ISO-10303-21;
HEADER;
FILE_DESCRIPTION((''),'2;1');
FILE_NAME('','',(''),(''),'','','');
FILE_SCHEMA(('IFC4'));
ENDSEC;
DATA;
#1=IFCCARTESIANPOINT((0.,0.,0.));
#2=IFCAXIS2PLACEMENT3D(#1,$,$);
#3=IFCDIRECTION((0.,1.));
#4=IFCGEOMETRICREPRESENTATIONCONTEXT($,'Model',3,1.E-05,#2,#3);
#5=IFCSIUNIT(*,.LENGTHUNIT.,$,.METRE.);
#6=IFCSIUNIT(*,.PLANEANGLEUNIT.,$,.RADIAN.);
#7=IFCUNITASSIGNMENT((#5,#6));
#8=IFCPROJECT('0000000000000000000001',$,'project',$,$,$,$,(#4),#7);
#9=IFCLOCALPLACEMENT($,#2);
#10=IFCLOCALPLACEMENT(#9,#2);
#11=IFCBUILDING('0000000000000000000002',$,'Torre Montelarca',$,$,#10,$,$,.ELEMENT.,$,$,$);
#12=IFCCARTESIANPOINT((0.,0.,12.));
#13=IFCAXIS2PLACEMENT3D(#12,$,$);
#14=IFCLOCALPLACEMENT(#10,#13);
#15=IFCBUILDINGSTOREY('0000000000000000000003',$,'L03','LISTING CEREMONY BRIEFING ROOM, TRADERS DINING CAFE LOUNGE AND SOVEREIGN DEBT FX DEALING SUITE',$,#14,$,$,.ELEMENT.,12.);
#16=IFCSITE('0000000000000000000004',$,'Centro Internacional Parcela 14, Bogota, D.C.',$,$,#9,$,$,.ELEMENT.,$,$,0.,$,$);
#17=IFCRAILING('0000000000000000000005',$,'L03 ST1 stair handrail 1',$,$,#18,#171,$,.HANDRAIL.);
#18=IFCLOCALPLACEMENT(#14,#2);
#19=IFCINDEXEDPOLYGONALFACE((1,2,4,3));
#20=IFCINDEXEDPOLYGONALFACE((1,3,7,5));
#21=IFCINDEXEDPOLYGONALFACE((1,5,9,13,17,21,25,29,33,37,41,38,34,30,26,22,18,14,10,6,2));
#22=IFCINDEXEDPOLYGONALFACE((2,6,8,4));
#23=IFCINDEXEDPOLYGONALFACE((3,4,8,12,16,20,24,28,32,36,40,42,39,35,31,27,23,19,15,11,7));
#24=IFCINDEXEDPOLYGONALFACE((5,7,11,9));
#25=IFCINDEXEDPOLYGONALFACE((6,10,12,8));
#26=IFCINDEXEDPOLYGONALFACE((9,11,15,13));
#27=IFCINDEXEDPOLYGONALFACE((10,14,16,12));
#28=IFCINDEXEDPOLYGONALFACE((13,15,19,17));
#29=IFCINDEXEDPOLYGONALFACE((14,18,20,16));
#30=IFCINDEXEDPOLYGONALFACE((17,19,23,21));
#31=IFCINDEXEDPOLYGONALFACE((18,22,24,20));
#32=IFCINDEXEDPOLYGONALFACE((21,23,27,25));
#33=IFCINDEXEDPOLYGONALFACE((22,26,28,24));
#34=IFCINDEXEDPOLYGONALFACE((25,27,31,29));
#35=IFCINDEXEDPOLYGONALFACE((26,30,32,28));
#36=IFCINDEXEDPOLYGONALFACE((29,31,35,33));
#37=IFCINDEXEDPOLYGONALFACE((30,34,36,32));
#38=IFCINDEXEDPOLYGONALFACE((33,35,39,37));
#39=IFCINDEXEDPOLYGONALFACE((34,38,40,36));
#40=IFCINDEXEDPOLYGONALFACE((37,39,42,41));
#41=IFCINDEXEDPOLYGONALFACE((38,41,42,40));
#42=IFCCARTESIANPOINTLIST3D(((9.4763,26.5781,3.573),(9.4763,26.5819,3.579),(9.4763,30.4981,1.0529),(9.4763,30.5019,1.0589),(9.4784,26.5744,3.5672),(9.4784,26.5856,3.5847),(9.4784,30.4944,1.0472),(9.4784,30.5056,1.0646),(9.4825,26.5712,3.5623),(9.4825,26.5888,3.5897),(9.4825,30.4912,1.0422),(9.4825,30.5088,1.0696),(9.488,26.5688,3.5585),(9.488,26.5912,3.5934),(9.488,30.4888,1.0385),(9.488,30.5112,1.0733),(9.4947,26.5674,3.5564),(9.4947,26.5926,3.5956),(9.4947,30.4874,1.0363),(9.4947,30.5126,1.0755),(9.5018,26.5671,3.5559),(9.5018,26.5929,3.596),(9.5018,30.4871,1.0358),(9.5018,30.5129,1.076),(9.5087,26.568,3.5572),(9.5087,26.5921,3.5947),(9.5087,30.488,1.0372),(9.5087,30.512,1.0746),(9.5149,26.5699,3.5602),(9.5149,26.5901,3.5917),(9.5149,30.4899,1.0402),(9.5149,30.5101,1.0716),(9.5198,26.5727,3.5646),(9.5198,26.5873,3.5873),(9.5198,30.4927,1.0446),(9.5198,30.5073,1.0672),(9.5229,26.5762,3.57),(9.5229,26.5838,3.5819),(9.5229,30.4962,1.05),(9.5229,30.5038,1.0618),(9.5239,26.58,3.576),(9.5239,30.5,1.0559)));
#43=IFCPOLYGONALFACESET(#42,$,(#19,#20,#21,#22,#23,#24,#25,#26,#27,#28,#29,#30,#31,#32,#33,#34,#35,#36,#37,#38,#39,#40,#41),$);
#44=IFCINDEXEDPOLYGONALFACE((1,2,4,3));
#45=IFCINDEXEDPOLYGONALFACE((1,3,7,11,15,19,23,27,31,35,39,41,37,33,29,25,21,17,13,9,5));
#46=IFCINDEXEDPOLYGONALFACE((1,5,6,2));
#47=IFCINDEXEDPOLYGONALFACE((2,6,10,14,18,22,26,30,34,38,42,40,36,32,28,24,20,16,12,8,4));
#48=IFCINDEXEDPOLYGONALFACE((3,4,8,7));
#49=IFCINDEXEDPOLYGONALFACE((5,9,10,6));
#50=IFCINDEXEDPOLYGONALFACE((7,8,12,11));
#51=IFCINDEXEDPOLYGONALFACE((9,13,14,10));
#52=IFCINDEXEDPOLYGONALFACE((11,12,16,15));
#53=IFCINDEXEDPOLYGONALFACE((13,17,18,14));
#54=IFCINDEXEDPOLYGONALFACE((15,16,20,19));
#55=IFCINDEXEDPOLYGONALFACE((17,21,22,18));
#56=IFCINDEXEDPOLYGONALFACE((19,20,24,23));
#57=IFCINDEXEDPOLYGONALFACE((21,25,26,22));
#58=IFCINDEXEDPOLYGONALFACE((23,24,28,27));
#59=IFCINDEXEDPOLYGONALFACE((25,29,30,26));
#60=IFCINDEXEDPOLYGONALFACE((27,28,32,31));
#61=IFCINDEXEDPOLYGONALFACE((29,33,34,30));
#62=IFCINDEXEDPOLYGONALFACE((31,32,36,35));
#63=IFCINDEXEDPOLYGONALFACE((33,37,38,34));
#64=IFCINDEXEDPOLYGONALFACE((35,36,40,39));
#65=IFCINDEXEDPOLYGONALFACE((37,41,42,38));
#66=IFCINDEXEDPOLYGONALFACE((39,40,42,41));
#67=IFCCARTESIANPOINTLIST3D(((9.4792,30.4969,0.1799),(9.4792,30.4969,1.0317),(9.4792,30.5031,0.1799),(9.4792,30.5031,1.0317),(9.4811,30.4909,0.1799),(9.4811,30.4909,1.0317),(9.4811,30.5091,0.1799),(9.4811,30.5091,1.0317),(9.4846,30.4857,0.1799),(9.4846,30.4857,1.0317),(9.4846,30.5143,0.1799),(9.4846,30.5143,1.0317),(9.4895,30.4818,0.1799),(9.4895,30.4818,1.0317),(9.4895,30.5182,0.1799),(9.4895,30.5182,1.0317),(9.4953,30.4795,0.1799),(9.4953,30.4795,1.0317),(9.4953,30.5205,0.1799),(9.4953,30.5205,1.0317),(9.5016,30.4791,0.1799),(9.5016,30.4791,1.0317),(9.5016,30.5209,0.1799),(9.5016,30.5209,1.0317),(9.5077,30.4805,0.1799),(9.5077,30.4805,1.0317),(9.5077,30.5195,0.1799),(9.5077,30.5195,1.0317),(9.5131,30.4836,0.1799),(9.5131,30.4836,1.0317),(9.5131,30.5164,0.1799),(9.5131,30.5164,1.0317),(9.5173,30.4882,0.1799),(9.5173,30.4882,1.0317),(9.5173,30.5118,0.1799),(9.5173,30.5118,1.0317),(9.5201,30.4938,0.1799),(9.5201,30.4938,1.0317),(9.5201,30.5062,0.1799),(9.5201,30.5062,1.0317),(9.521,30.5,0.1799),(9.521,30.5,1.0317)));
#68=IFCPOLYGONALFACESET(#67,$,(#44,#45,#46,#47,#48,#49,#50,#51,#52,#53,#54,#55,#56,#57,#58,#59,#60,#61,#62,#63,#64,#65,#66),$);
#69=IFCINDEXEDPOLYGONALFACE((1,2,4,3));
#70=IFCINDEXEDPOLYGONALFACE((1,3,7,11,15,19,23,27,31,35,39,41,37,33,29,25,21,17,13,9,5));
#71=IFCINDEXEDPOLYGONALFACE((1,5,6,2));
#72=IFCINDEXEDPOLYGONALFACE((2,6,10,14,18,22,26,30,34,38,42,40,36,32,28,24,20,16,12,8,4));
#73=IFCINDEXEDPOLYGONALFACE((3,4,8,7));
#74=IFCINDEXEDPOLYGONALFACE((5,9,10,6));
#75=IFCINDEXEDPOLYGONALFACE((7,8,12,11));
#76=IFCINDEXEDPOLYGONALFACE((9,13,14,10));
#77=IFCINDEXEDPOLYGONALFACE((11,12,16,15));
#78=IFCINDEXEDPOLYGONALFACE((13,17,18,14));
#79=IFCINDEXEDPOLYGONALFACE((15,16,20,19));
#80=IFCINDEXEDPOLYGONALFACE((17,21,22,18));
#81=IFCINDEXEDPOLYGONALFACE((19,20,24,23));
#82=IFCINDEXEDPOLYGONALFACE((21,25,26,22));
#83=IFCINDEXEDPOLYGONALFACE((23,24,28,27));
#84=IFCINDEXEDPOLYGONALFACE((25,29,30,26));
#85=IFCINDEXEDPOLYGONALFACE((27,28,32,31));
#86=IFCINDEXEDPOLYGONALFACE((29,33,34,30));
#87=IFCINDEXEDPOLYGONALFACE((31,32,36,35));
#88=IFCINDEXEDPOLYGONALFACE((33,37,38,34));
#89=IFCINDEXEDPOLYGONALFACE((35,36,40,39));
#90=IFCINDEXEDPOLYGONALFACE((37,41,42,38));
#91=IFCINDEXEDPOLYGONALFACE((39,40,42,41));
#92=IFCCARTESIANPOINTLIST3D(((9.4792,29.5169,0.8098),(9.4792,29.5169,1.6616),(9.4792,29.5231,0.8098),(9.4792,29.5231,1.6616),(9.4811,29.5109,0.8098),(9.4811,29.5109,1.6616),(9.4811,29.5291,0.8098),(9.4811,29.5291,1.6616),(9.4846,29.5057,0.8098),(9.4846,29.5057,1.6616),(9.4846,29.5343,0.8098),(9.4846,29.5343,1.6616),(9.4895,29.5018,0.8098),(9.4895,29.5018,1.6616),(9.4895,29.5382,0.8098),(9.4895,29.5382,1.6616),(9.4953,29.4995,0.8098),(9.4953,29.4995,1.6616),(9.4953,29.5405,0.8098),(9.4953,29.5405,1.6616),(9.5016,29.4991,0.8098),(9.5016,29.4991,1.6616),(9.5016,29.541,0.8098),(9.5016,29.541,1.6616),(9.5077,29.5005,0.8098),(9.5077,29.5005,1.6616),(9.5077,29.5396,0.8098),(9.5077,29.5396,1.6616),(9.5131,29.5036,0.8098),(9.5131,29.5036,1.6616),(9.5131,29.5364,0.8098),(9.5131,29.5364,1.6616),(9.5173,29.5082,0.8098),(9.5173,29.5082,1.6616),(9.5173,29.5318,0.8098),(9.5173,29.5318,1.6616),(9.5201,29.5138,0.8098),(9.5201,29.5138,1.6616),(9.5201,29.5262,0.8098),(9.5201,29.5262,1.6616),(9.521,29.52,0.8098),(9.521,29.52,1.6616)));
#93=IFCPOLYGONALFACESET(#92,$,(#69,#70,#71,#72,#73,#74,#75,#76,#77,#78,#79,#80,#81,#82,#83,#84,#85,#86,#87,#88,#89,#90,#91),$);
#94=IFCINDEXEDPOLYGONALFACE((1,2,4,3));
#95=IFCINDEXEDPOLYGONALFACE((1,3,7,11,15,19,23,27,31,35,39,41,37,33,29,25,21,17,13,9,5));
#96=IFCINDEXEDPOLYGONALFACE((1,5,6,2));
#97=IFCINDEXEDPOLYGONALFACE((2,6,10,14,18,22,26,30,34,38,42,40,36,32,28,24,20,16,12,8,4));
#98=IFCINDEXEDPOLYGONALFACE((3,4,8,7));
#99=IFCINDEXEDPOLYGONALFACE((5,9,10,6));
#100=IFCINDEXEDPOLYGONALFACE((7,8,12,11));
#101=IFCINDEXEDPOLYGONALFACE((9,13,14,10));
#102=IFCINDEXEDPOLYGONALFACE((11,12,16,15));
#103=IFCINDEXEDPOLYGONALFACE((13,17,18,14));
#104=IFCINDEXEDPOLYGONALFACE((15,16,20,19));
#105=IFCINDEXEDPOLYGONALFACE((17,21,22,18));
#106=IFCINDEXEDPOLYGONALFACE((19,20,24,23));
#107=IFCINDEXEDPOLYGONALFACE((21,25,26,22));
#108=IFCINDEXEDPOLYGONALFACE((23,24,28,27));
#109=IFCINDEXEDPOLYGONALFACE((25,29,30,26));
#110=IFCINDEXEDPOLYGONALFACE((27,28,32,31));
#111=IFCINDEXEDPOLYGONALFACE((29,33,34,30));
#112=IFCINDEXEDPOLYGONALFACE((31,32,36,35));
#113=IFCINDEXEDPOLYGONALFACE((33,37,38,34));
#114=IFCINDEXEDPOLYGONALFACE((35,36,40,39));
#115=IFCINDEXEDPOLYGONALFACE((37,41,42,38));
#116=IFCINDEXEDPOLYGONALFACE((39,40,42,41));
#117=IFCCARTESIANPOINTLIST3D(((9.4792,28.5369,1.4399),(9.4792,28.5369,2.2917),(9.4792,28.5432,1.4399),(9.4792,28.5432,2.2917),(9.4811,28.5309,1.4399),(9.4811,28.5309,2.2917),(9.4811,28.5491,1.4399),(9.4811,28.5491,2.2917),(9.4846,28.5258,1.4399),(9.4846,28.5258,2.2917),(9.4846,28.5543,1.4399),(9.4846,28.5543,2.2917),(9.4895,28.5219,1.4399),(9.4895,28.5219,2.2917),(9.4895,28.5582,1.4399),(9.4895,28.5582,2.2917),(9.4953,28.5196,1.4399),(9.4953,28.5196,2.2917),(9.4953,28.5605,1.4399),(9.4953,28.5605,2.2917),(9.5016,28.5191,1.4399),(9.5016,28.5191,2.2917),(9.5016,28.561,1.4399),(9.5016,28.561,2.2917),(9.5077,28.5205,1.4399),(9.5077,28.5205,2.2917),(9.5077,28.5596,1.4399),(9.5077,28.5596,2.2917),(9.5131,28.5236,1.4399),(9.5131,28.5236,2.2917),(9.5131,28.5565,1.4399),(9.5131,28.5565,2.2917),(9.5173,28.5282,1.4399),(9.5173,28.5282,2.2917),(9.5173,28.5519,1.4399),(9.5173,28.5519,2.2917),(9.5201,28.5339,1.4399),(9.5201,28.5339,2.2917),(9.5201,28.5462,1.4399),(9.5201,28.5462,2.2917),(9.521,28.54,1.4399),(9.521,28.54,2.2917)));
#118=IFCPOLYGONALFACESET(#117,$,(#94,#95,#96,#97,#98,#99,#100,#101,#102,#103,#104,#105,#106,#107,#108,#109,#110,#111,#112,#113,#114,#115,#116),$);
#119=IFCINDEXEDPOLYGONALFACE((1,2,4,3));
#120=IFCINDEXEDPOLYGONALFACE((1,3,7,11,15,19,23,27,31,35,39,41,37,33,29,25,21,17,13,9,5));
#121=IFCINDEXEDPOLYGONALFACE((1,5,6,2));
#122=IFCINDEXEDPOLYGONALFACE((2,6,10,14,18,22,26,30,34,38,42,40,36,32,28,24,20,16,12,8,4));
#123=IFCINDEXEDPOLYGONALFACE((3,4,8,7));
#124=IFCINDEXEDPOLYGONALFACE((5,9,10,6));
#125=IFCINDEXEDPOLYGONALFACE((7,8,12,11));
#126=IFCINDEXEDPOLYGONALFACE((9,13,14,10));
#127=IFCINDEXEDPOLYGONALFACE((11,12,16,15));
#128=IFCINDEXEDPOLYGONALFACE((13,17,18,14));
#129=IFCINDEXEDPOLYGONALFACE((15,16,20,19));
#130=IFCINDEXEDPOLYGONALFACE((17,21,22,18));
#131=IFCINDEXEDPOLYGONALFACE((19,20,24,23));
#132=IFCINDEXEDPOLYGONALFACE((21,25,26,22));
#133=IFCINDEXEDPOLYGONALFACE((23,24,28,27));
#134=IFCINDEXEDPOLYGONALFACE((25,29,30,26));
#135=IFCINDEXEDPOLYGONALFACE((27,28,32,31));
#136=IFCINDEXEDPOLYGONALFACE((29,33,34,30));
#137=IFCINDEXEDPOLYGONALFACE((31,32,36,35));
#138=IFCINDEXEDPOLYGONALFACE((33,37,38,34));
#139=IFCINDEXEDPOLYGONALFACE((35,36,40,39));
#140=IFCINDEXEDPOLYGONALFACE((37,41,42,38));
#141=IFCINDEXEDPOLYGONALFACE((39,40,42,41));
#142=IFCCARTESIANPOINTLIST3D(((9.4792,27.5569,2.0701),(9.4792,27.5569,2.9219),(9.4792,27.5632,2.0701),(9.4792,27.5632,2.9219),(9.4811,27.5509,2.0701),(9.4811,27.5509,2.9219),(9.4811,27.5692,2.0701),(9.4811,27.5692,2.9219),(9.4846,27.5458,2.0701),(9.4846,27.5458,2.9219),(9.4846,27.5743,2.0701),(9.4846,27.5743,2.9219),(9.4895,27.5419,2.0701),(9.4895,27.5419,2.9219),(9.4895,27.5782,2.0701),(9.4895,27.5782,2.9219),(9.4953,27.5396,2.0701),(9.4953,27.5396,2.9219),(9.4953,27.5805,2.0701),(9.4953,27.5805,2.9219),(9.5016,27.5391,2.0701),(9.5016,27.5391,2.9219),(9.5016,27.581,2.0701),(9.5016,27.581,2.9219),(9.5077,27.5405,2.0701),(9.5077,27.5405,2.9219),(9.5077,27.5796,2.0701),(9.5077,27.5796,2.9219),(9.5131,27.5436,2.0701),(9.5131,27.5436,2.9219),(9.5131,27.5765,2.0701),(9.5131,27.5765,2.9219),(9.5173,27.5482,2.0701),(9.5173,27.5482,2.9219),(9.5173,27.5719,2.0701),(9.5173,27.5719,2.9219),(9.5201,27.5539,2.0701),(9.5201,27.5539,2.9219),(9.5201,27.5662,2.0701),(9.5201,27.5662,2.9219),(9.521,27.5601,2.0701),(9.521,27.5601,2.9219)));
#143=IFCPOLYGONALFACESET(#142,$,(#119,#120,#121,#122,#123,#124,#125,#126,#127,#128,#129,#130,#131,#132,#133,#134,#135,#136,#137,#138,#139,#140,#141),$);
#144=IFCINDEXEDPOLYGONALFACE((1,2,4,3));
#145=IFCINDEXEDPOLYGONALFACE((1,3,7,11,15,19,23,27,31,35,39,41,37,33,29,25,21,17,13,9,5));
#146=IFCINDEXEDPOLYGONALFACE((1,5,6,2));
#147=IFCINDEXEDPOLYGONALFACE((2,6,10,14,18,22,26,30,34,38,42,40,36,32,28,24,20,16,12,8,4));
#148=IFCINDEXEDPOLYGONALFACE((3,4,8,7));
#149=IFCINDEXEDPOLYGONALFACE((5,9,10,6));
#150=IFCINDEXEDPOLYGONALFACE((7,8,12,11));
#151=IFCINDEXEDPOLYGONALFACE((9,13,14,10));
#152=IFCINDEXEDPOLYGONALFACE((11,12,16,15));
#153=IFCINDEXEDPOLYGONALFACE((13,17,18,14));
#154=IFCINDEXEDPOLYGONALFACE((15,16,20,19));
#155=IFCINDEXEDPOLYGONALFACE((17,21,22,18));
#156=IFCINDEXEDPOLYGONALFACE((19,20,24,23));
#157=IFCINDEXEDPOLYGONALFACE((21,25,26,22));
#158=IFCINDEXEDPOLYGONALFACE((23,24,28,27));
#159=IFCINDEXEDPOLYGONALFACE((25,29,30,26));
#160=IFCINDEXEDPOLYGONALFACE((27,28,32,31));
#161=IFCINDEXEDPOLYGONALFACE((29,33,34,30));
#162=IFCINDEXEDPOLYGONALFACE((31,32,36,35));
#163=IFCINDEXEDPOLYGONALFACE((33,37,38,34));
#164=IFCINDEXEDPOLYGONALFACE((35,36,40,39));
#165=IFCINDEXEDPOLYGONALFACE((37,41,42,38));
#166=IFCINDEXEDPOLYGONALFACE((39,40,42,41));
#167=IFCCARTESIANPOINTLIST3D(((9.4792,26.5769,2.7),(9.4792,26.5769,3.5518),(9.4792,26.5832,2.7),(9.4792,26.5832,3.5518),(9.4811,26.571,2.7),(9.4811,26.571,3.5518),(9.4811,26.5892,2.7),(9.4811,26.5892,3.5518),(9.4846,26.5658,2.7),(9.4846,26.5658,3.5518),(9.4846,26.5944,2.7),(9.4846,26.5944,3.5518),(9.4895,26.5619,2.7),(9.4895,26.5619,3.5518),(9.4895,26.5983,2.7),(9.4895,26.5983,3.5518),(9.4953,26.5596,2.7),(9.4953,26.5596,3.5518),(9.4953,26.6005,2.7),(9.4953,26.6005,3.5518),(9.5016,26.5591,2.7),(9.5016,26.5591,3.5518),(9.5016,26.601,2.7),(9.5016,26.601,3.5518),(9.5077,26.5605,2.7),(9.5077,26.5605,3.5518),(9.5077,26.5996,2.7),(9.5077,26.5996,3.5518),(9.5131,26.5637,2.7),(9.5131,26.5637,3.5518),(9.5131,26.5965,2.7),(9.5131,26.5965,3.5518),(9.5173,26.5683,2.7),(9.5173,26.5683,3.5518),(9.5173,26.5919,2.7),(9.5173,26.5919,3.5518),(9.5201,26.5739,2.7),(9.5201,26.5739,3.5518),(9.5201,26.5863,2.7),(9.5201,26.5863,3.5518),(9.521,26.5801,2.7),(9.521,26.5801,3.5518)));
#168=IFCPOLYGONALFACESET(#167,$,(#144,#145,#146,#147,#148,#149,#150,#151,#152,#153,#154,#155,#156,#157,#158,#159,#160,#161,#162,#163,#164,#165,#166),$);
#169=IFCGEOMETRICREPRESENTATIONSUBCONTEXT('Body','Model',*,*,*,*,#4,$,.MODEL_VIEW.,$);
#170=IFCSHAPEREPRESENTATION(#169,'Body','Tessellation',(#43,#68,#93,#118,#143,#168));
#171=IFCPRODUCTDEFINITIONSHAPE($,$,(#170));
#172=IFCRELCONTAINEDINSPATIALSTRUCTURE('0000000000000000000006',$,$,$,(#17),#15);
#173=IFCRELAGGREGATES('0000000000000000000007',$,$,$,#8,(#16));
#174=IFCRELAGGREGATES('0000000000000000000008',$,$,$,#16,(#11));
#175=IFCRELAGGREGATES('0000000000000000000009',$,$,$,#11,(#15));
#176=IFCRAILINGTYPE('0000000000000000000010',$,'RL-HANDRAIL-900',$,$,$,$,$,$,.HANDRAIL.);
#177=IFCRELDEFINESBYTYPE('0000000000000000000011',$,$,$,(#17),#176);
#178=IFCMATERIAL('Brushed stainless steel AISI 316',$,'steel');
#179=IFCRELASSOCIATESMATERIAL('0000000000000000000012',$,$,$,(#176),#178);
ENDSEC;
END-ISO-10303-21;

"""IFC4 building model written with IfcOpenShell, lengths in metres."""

from ifc_helpers import new_model, si_unit, direction, frame, origin, origin_2d, place, context, subcontext, project, spatial, circle, extrude, material, type_object, element, save


model = new_model("IFC4")

# Units and contexts
model_context = context("Model", 3, precision=1e-05, world=origin(), true_north=direction((0.0, 1.0)))
body_context = subcontext(model_context, "Body", "Model", "MODEL_VIEW")
ifc_project = project(units=[si_unit("LENGTHUNIT", "METRE"), si_unit("PLANEANGLEUNIT", "RADIAN")], contexts=[model_context])

# Site, building, storey
site_placement = place(None, origin())
site = spatial("IfcSite", under=ifc_project, at=site_placement, Name="Centro Internacional Parcela 14, Bogota, D.C.", CompositionType="ELEMENT", RefElevation=0.0)
building_placement = place(site_placement, origin())
building = spatial("IfcBuilding", under=site, at=building_placement, Name="Torre Montelarca", CompositionType="ELEMENT")
storey_placement = place(building_placement, frame((0.0, 0.0, 12.0)))
storey = spatial("IfcBuildingStorey", under=building, at=storey_placement, Name="L03", Description="LISTING CEREMONY BRIEFING ROOM, TRADERS DINING CAFE LOUNGE AND SOVEREIGN DEBT FX DEALING SUITE", CompositionType="ELEMENT", Elevation=12.0)

# Shared definitions
ifc_material_1 = material(Name="Brushed stainless steel AISI 316", Category="steel")

# Railing
railing_type_1 = type_object("IfcRailingType", Name="RL-HANDRAIL-900", PredefinedType="HANDRAIL", material=ifc_material_1)
railing_1_placement = place(storey_placement, frame((9.5, 30.5, 0.1799)))
element("IfcRailing", 1, at=railing_1_placement, inside=storey, type_object=railing_type_1, Name="L03 ST1 stair handrail 1", PredefinedType="HANDRAIL", context=body_context, shape_type="SweptSolid", body=[
    extrude(circle(Radius=0.0239, at=origin_2d()), frame((0.0, 0.0, 0.876), z_axis=(0.0, -0.841172, 0.540768), x_axis=(1.0, 0.0, 0.0)), (0.0, 0.0, 1.0), 4.6602),
    extrude(circle(Radius=0.021, at=origin_2d()), origin(), (0.0, 0.0, 1.0), 0.8518),
    extrude(circle(Radius=0.021, at=origin_2d()), frame((0.0, -0.98, 0.6299)), (0.0, 0.0, 1.0), 0.8518),
    extrude(circle(Radius=0.021, at=origin_2d()), frame((0.0, -1.96, 1.26)), (0.0, 0.0, 1.0), 0.8518),
    extrude(circle(Radius=0.021, at=origin_2d()), frame((0.0, -2.9399, 1.8901)), (0.0, 0.0, 1.0), 0.8518),
    extrude(circle(Radius=0.021, at=origin_2d()), frame((0.0, -3.9199, 2.52)), (0.0, 0.0, 1.0), 0.8518),
])

save(model, "model.ifc")
